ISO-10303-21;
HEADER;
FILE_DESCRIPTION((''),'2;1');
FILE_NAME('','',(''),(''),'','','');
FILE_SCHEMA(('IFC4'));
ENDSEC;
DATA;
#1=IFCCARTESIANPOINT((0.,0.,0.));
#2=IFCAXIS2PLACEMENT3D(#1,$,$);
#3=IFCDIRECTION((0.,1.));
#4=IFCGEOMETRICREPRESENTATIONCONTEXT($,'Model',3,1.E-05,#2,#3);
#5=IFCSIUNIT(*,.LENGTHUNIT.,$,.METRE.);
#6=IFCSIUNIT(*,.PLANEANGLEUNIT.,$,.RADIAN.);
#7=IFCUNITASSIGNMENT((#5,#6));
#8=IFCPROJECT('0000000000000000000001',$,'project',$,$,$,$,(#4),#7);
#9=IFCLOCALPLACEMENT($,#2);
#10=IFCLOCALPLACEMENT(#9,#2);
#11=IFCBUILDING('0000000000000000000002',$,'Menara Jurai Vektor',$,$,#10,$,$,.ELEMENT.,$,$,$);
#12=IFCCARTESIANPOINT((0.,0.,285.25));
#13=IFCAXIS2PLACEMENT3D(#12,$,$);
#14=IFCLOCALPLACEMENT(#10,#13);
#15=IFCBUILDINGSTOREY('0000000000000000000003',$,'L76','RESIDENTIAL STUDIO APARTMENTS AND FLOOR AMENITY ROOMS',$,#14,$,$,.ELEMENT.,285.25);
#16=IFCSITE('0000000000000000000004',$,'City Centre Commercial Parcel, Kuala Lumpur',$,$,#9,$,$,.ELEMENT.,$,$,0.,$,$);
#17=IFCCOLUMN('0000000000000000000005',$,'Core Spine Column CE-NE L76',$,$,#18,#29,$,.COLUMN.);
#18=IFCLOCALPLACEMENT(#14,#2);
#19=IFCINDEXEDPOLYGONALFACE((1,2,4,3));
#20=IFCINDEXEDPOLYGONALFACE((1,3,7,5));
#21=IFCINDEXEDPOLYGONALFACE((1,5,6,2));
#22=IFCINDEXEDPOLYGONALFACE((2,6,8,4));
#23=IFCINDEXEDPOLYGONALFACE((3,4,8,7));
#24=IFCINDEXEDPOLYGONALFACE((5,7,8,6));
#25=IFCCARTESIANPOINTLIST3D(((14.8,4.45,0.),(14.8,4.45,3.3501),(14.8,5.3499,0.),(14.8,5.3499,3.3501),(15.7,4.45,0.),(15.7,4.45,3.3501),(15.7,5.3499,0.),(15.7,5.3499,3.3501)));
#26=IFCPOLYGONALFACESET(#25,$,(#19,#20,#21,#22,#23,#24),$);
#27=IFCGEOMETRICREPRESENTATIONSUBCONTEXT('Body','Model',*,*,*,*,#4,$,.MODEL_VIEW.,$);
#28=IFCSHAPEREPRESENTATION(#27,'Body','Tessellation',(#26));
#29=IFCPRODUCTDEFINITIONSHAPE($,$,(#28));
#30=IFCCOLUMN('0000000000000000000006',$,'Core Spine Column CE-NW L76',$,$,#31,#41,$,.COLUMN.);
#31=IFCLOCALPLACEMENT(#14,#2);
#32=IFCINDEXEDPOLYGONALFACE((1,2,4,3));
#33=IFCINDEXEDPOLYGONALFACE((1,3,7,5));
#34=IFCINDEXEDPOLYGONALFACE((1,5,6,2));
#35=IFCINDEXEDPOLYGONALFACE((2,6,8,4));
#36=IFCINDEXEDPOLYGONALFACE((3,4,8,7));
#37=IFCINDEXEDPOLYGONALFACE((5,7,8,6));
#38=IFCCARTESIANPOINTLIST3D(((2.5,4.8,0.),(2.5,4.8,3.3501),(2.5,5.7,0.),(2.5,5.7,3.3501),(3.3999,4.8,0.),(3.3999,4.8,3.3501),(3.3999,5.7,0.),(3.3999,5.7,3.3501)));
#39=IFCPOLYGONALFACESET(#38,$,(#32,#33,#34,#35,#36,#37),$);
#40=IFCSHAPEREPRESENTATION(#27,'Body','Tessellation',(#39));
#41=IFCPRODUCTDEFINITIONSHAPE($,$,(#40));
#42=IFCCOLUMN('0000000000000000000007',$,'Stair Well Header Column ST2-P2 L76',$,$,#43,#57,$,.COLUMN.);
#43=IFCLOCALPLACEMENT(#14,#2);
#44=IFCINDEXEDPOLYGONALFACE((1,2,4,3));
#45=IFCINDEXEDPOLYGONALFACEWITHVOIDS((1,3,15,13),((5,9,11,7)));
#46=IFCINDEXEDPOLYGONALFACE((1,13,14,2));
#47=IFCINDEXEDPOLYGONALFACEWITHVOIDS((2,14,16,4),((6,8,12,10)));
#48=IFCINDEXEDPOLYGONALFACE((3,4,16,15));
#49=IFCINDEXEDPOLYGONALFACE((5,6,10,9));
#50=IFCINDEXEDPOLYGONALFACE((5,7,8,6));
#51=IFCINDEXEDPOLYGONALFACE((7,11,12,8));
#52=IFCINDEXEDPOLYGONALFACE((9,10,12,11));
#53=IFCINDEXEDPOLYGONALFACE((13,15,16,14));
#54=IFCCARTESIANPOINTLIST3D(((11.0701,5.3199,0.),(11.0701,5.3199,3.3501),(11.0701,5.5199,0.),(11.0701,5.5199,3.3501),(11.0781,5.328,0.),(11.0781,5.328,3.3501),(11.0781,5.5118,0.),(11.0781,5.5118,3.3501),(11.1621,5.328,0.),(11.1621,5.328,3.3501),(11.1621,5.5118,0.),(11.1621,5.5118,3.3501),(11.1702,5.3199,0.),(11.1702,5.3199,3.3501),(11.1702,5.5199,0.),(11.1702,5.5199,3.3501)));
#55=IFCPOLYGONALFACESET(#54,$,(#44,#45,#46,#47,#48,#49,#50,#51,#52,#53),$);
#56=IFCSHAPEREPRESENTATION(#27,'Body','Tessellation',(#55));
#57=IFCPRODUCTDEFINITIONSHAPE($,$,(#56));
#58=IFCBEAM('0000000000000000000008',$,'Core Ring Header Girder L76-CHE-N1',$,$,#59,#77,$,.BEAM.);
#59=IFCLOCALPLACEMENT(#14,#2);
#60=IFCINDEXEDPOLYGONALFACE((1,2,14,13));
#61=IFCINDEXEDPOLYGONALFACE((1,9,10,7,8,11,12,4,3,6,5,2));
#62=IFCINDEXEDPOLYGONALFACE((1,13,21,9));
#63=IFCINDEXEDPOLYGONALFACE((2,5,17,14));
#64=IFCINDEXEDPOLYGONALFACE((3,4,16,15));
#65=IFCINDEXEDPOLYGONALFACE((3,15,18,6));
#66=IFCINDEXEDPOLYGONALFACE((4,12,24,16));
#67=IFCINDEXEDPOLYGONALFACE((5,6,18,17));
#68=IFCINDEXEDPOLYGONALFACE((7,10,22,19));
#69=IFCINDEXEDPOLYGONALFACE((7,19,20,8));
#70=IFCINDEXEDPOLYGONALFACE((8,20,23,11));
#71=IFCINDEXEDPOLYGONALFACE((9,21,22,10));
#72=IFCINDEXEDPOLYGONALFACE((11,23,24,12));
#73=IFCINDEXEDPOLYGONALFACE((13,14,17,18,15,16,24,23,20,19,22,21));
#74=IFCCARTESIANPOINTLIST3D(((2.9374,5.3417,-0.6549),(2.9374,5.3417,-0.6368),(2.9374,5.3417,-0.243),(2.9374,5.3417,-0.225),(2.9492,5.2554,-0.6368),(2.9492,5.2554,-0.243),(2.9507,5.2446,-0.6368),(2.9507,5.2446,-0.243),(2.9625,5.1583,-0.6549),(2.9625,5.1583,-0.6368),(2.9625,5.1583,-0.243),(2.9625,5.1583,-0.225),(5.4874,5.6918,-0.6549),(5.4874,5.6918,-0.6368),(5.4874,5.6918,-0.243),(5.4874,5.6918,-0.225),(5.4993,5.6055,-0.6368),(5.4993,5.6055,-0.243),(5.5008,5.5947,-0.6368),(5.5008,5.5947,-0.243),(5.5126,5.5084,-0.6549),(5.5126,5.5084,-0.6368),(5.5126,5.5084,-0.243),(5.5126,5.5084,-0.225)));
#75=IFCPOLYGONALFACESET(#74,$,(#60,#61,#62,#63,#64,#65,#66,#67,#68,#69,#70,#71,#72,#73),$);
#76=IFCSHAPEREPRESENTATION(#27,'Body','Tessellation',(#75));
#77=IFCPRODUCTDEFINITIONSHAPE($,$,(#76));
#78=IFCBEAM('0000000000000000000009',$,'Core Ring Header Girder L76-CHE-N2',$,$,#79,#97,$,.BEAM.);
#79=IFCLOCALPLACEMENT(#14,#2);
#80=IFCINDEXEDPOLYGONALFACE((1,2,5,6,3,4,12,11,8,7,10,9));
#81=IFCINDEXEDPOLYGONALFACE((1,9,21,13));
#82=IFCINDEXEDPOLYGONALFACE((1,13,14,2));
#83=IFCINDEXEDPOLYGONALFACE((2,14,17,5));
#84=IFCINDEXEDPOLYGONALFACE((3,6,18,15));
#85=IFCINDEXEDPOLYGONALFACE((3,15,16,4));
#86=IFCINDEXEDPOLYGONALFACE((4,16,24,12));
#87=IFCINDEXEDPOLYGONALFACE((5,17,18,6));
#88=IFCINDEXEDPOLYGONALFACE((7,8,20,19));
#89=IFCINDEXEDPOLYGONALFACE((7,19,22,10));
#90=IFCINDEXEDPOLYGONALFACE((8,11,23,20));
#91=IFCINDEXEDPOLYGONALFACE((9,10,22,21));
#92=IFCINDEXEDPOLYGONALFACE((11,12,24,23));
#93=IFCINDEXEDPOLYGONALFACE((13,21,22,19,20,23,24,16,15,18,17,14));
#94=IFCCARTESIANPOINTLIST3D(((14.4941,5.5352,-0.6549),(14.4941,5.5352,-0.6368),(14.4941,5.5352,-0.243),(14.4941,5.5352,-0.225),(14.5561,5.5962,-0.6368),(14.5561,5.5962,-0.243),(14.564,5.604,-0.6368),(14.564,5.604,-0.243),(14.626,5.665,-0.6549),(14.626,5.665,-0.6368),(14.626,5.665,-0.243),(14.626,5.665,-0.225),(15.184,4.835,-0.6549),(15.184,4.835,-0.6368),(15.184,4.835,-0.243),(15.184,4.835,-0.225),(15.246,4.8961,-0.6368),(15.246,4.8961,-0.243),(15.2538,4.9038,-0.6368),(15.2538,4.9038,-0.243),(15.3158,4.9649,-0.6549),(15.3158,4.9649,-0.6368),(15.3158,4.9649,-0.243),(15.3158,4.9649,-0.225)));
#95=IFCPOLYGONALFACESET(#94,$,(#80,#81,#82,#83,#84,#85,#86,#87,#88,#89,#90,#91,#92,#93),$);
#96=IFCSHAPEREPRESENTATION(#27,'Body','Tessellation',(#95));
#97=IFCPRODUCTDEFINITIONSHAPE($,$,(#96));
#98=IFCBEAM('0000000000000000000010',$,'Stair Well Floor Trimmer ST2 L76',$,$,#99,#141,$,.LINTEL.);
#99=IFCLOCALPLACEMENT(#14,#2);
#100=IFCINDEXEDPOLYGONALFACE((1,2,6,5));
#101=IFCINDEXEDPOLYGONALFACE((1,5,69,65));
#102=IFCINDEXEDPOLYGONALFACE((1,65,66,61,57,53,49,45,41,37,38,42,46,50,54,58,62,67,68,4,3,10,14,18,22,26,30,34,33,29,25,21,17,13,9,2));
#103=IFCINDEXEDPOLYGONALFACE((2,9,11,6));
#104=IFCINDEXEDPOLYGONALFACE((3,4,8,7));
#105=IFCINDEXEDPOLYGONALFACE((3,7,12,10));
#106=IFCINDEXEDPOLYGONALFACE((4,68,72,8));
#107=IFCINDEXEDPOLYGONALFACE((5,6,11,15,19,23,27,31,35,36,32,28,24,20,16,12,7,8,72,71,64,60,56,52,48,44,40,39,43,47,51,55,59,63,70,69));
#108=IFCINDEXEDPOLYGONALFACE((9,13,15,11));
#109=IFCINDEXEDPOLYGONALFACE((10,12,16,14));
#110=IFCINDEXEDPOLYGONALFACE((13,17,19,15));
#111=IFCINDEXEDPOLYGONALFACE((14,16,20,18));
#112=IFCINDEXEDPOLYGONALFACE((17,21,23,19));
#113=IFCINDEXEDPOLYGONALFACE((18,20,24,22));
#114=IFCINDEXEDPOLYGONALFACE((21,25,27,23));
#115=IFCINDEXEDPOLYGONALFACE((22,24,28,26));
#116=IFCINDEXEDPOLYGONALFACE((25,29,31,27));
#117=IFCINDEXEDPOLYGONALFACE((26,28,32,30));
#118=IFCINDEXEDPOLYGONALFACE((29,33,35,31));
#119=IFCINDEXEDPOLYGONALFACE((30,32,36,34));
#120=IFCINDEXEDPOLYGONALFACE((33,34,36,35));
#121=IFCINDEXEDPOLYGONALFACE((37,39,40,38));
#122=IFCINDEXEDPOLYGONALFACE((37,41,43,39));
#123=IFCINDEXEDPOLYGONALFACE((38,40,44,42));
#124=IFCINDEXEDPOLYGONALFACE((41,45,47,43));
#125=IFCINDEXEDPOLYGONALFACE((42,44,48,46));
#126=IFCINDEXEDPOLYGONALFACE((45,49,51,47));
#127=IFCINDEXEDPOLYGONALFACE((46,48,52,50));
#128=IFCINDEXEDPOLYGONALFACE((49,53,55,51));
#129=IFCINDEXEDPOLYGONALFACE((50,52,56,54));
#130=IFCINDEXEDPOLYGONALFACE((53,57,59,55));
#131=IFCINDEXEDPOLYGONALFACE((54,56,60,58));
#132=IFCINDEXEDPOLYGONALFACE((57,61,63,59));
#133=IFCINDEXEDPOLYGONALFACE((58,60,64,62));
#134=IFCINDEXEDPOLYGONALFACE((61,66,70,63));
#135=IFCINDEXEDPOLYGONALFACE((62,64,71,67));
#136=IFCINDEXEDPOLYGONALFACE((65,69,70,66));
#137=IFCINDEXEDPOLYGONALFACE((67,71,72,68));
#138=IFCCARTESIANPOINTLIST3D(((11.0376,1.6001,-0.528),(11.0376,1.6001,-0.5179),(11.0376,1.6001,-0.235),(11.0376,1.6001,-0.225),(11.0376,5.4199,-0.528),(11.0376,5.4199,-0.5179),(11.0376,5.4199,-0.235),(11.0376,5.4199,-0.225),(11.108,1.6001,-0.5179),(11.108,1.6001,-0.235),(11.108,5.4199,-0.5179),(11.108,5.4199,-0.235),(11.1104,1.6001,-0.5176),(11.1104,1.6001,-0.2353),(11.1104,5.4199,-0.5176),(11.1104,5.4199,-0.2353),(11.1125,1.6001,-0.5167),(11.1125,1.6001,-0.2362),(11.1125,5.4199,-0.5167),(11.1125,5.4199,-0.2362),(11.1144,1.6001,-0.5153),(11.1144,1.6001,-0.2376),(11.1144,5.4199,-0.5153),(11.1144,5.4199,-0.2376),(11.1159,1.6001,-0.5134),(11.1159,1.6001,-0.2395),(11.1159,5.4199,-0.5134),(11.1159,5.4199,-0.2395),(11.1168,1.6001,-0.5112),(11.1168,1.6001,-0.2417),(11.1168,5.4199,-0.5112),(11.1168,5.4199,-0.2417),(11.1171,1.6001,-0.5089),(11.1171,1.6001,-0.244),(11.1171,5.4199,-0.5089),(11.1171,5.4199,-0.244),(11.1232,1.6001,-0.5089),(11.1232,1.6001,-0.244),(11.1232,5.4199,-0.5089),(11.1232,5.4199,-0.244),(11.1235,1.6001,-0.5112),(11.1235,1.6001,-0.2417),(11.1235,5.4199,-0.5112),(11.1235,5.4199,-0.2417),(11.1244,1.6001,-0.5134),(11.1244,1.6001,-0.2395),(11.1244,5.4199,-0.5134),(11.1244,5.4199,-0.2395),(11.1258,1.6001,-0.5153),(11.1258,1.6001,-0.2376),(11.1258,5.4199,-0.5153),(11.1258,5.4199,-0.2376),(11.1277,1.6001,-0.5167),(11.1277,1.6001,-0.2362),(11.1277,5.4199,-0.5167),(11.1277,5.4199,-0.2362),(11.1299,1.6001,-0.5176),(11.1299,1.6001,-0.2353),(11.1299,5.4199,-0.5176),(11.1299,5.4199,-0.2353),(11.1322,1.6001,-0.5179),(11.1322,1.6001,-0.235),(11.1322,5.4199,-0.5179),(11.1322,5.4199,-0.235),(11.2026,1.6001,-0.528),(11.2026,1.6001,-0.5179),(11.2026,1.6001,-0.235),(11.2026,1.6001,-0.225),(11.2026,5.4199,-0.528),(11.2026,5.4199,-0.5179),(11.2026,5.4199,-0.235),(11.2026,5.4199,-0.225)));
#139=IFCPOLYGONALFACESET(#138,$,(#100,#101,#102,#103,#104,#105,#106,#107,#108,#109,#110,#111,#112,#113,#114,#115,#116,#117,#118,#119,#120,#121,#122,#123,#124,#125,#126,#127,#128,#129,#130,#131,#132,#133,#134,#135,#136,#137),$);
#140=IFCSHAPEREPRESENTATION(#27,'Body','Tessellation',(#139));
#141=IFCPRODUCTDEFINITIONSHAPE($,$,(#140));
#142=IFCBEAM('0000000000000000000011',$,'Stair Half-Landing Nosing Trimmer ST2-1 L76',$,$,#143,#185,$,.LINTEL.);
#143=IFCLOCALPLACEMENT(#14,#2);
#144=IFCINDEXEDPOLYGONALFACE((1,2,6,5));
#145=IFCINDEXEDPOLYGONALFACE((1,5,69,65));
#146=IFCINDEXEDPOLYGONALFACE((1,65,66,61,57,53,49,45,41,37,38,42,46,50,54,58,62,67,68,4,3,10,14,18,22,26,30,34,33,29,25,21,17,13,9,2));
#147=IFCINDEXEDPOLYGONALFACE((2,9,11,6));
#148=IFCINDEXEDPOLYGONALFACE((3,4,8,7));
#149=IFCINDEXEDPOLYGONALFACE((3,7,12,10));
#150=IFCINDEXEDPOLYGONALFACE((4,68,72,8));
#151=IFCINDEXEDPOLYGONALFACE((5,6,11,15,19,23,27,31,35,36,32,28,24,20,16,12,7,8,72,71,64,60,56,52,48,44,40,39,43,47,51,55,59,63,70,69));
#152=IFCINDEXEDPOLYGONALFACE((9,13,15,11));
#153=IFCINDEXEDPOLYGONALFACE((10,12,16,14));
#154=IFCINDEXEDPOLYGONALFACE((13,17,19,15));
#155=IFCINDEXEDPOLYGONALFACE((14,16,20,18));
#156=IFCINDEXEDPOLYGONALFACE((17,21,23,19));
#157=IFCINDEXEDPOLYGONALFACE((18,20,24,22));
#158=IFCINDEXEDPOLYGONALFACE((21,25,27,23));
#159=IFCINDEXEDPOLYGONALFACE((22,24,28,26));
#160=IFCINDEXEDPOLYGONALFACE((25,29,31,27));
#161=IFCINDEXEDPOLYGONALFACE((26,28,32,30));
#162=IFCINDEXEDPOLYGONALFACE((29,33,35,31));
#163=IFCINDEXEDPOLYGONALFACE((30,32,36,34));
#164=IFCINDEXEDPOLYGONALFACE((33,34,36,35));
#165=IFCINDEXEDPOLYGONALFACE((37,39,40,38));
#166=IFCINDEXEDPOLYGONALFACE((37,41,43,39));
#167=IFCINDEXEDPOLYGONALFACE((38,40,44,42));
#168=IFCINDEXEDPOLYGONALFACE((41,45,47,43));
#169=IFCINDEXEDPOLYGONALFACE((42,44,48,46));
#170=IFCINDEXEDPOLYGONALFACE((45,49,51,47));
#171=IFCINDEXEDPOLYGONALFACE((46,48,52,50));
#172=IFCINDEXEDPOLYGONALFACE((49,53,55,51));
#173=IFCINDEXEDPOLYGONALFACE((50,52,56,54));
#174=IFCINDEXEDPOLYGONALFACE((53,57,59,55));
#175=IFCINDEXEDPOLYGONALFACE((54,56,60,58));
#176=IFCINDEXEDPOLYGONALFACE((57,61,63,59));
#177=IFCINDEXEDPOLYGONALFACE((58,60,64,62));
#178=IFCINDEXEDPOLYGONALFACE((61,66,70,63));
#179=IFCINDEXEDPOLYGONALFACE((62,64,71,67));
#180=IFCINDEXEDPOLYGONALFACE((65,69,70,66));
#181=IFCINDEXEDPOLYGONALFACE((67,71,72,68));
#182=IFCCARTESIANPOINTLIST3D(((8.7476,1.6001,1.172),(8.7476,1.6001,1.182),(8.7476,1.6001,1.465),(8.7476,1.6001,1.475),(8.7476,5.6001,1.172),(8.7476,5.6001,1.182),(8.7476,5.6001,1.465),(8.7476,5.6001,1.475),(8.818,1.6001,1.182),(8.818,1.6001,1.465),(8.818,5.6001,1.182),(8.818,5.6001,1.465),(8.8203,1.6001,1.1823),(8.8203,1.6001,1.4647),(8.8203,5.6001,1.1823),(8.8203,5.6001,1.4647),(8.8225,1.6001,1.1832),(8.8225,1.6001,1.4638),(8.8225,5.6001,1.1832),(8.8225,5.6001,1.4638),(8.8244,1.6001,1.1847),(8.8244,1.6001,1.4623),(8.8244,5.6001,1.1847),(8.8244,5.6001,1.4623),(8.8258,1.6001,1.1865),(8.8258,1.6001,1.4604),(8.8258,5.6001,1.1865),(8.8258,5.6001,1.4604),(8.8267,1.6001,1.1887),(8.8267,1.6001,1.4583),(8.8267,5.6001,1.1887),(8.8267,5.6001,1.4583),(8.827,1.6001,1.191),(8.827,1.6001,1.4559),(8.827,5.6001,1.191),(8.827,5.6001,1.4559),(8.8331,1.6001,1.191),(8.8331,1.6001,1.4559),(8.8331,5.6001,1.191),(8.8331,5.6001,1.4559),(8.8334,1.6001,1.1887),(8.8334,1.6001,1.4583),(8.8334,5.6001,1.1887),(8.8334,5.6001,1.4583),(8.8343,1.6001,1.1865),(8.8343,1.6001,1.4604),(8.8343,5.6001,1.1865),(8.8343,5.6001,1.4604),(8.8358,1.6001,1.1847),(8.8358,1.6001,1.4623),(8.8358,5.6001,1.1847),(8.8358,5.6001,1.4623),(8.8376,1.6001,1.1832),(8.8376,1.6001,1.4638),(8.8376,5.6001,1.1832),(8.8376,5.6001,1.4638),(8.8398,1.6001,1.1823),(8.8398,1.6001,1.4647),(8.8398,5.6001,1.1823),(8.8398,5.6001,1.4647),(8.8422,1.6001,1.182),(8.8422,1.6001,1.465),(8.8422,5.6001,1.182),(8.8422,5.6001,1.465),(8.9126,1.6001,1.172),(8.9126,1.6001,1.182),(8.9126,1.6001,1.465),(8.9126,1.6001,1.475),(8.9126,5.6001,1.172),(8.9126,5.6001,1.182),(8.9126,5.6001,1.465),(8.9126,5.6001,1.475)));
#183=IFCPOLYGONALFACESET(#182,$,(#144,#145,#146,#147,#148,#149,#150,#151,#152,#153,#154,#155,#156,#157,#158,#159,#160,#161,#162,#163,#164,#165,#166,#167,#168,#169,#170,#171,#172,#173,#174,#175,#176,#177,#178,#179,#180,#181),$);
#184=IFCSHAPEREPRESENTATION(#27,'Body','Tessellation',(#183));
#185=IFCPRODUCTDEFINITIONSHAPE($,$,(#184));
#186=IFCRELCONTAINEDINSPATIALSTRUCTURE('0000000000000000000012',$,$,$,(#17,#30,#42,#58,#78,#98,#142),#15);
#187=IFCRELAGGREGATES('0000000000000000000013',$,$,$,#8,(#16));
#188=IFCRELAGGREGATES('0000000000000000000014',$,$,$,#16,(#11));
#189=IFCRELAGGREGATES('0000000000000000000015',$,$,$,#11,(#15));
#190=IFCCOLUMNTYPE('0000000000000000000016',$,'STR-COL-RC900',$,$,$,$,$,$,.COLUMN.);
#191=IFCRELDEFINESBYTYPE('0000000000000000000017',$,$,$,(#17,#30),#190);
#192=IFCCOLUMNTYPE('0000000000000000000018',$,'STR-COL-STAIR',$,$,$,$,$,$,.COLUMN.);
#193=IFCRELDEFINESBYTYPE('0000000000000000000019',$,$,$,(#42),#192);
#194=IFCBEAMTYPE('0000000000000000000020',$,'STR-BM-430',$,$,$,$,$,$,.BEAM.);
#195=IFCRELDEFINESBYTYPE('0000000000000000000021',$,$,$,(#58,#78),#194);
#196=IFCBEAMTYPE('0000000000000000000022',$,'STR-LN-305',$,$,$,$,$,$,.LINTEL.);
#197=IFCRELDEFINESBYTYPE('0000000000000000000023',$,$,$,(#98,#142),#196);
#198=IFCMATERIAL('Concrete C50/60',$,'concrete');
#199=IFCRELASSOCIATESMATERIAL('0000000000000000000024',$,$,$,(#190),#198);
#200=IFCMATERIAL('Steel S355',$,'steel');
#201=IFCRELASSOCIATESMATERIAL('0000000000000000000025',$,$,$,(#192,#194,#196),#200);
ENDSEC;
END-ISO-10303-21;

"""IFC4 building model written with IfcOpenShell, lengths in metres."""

from ifc_helpers import new_model, si_unit, direction, frame, origin, origin_2d, place, context, subcontext, project, spatial, rectangle, hollow_rectangle, i_section, extrude, material, material_profile, profile_set, type_object, element, save


model = new_model("IFC4")

# Units and contexts
model_context = context("Model", 3, precision=1e-05, world=origin(), true_north=direction((0.0, 1.0)))
body_context = subcontext(model_context, "Body", "Model", "MODEL_VIEW")
ifc_project = project(units=[si_unit("LENGTHUNIT", "METRE"), si_unit("PLANEANGLEUNIT", "RADIAN")], contexts=[model_context])

# Site, building, storey
site_placement = place(None, origin())
site = spatial("IfcSite", under=ifc_project, at=site_placement, Name="City Centre Commercial Parcel, Kuala Lumpur", CompositionType="ELEMENT", RefElevation=0.0)
building_placement = place(site_placement, origin())
building = spatial("IfcBuilding", under=site, at=building_placement, Name="Menara Jurai Vektor", CompositionType="ELEMENT")
storey_placement = place(building_placement, frame((0.0, 0.0, 285.25)))
storey = spatial("IfcBuildingStorey", under=building, at=storey_placement, Name="L76", Description="RESIDENTIAL STUDIO APARTMENTS AND FLOOR AMENITY ROOMS", CompositionType="ELEMENT", Elevation=285.25)

# Columns
ifc_material_1 = material(Name="Concrete C50/60", Category="concrete")
ifc_material_profile_1 = material_profile(ifc_material_1, rectangle(XDim=0.8999, YDim=0.8999, at=origin_2d()), Name="RC 900x900")
ifc_profile_set_1 = profile_set([ifc_material_profile_1], Name="Concrete C50/60")
column_type_1 = type_object("IfcColumnType", Name="STR-COL-RC900", PredefinedType="COLUMN", material=ifc_profile_set_1)
for number, where, z_axis, x_axis, name in (
    (1, (15.25, 4.8999, 0.0), (0.0, 0.0, 1.0), (1.0, 0.0, 0.0), "Core Spine Column CE-NE L76"),
    (2, (2.95, 5.25, 0.0), (0.0, 0.0, 1.0), (1.0, 0.0, 0.0), "Core Spine Column CE-NW L76"),
):
    element("IfcColumn", number, at=place(storey_placement, frame(where, z_axis=z_axis, x_axis=x_axis)), inside=storey, type_object=column_type_1, Name=name, PredefinedType="COLUMN", context=body_context, shape_type="SweptSolid", body=[
        extrude(rectangle(XDim=0.8999, YDim=0.8999, at=origin_2d()), origin(), (0.0, 0.0, 1.0), 3.3501),
    ])
ifc_material_2 = material(Name="Steel S355", Category="steel")
ifc_material_profile_2 = material_profile(ifc_material_2, hollow_rectangle(XDim=0.1001, YDim=0.2, WallThickness=0.0081, at=origin_2d()), Name="RHS 200x100x8")
ifc_profile_set_2 = profile_set([ifc_material_profile_2], Name="Steel S355")
column_type_2 = type_object("IfcColumnType", Name="STR-COL-STAIR", PredefinedType="COLUMN", material=ifc_profile_set_2)
column_placement = place(storey_placement, frame((11.1201, 5.4199, 0.0), z_axis=(0.0, 0.0, 1.0), x_axis=(1.0, 0.0, 0.0)))
element("IfcColumn", 3, at=column_placement, inside=storey, type_object=column_type_2, Name="Stair Well Header Column ST2-P2 L76", PredefinedType="COLUMN", context=body_context, shape_type="SweptSolid", body=[
    extrude(hollow_rectangle(XDim=0.1001, YDim=0.2, WallThickness=0.0081, at=origin_2d()), origin(), (0.0, 0.0, 1.0), 3.3501),
])

# Beams
ifc_material_profile_3 = material_profile(ifc_material_2, i_section(OverallWidth=0.1851, OverallDepth=0.4299, WebThickness=0.011, FlangeThickness=0.0181, at=origin_2d()), Name="PG 430x185x76")
ifc_profile_set_3 = profile_set([ifc_material_profile_3], Name="Steel S355")
beam_type_1 = type_object("IfcBeamType", Name="STR-BM-430", PredefinedType="BEAM", material=ifc_profile_set_3)
beam_1_placement = place(storey_placement, frame((2.95, 5.25, -0.4399), z_axis=(0.990707, 0.136015, 0.0), x_axis=(-0.136015, 0.990707, 0.0)))
element("IfcBeam", 4, at=beam_1_placement, inside=storey, type_object=beam_type_1, Name="Core Ring Header Girder L76-CHE-N1", PredefinedType="BEAM", context=body_context, shape_type="SweptSolid", body=[
    extrude(i_section(OverallWidth=0.1851, OverallDepth=0.4299, WebThickness=0.011, FlangeThickness=0.0181, at=origin_2d()), origin(), (0.0, 0.0, 1.0), 2.574),
])
beam_2_placement = place(storey_placement, frame((14.5601, 5.6001, -0.4399), z_axis=(0.701872, -0.712303, 0.0), x_axis=(0.712303, 0.701872, 0.0)))
element("IfcBeam", 5, at=beam_2_placement, inside=storey, type_object=beam_type_1, Name="Core Ring Header Girder L76-CHE-N2", PredefinedType="BEAM", context=body_context, shape_type="SweptSolid", body=[
    extrude(i_section(OverallWidth=0.1851, OverallDepth=0.4299, WebThickness=0.011, FlangeThickness=0.0181, at=origin_2d()), origin(), (0.0, 0.0, 1.0), 0.9829),
])
ifc_material_profile_4 = material_profile(ifc_material_2, i_section(OverallWidth=0.165, OverallDepth=0.303, WebThickness=0.0061, FlangeThickness=0.01, FilletRadius=0.009, at=origin_2d()), Name="UKB 305x165x40")
ifc_profile_set_4 = profile_set([ifc_material_profile_4], Name="Steel S355")
beam_type_2 = type_object("IfcBeamType", Name="STR-LN-305", PredefinedType="LINTEL", material=ifc_profile_set_4)
beam_3_placement = place(storey_placement, frame((11.1201, 1.6001, -0.3765), z_axis=(0.0, 1.0, 0.0), x_axis=(-1.0, 0.0, 0.0)))
element("IfcBeam", 6, at=beam_3_placement, inside=storey, type_object=beam_type_2, Name="Stair Well Floor Trimmer ST2 L76", PredefinedType="LINTEL", context=body_context, shape_type="SweptSolid", body=[
    extrude(i_section(OverallWidth=0.165, OverallDepth=0.303, WebThickness=0.0061, FlangeThickness=0.01, FilletRadius=0.009, at=origin_2d()), origin(), (0.0, 0.0, 1.0), 3.8198),
])
beam_4_placement = place(storey_placement, frame((8.8301, 1.6001, 1.3235), z_axis=(0.0, 1.0, 0.0), x_axis=(-1.0, 0.0, 0.0)))
element("IfcBeam", 7, at=beam_4_placement, inside=storey, type_object=beam_type_2, Name="Stair Half-Landing Nosing Trimmer ST2-1 L76", PredefinedType="LINTEL", context=body_context, shape_type="SweptSolid", body=[
    extrude(i_section(OverallWidth=0.165, OverallDepth=0.303, WebThickness=0.0061, FlangeThickness=0.01, FilletRadius=0.009, at=origin_2d()), origin(), (0.0, 0.0, 1.0), 4.0),
])

save(model, "model.ifc")
